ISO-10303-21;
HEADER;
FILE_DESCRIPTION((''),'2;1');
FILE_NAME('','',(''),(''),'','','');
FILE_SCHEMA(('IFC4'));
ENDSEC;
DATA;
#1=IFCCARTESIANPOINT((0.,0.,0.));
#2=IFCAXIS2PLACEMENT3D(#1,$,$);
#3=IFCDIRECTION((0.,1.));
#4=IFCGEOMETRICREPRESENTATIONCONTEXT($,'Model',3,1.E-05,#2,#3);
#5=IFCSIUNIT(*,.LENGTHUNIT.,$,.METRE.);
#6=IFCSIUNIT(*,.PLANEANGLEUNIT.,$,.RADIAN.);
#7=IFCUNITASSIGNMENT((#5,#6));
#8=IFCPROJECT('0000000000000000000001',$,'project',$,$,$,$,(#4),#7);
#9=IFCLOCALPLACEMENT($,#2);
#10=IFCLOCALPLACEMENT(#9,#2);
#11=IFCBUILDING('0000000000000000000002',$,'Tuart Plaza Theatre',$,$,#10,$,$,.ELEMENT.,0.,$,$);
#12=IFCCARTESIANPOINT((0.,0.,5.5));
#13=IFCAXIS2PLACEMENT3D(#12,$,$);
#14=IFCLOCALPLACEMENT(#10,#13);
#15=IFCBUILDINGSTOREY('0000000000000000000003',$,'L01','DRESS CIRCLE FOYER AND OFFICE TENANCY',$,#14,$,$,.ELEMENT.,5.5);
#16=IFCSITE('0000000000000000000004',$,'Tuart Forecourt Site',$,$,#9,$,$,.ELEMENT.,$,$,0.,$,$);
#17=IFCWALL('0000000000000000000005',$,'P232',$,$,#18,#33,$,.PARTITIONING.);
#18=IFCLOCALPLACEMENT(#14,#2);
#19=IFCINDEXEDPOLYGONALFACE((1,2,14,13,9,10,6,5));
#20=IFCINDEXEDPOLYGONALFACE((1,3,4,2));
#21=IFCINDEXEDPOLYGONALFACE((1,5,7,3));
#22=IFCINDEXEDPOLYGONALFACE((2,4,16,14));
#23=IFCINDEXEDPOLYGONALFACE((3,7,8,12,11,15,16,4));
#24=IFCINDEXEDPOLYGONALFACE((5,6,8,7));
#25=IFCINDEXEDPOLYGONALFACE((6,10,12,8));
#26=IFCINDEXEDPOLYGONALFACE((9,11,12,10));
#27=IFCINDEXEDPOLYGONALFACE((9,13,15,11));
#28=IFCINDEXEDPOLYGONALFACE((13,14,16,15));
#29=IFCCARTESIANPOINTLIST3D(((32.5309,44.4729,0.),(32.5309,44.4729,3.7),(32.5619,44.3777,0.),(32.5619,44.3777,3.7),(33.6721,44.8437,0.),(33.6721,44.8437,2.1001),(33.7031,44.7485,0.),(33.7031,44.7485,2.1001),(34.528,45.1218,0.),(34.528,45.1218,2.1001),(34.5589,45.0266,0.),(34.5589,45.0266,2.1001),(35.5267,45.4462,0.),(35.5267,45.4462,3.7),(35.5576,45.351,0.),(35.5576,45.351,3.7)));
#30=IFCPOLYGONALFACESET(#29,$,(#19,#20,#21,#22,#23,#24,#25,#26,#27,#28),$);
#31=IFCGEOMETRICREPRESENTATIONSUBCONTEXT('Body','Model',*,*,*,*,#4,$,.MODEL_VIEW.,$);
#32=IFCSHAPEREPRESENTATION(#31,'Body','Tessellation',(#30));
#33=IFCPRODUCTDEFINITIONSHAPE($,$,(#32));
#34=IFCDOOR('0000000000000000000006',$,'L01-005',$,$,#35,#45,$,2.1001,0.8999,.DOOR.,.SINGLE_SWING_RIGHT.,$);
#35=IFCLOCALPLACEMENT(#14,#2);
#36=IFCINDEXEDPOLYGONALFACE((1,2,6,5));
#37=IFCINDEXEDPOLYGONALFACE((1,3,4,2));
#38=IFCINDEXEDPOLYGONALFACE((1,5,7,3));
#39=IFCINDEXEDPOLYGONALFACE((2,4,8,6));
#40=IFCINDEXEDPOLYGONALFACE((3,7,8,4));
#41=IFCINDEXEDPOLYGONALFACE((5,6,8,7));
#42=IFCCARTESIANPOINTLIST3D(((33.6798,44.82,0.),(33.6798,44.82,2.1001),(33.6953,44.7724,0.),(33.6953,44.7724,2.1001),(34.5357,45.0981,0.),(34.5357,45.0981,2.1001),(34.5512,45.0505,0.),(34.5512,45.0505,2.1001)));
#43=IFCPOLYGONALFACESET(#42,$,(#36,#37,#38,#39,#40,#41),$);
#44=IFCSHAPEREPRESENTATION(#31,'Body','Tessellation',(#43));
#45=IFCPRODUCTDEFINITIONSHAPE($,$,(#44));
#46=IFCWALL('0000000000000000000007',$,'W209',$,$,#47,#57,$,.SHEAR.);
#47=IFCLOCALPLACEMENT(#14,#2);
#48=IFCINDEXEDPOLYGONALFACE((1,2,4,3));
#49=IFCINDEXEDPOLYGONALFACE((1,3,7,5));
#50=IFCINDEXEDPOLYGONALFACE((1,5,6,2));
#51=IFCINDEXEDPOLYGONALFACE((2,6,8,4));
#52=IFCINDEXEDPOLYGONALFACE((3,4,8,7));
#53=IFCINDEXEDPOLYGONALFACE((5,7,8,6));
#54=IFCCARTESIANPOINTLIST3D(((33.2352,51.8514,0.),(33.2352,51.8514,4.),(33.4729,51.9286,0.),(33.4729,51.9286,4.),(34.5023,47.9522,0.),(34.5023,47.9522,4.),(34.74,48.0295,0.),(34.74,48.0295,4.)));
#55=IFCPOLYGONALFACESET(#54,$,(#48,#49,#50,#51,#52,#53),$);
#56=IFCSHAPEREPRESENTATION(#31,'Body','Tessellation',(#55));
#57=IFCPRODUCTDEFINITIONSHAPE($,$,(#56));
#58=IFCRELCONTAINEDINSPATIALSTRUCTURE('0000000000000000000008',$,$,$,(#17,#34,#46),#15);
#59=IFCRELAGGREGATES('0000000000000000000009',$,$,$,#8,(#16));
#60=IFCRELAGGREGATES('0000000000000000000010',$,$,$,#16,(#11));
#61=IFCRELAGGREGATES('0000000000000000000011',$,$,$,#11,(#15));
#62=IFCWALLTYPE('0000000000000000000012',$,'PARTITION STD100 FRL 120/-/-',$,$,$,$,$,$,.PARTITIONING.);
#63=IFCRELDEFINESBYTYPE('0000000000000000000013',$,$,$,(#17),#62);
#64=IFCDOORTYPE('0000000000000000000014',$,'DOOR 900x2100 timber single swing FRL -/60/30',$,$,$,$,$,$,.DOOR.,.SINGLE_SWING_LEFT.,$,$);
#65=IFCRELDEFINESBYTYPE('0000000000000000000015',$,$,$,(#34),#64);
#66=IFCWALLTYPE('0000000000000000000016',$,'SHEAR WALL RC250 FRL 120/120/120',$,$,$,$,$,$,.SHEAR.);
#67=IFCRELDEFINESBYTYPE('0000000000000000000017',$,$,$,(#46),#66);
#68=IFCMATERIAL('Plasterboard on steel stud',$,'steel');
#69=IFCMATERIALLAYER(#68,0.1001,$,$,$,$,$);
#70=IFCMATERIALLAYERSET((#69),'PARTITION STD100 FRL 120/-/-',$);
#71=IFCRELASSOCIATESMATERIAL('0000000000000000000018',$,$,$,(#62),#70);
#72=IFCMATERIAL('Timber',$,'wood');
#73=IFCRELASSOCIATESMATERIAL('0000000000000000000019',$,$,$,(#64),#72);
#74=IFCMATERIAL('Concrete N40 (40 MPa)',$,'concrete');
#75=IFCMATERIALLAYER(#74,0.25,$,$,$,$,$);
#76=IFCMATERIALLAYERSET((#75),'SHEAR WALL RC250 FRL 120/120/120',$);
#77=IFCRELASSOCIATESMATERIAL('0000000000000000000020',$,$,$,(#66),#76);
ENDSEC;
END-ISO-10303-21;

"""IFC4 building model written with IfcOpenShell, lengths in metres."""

from ifc_helpers import new_model, si_unit, direction, frame, frame_2d, origin, place, context, subcontext, project, spatial, rectangle, extrude, material, layer, layer_set, type_object, element, fill, save


model = new_model("IFC4")

# Units and contexts
model_context = context("Model", 3, precision=1e-05, world=origin(), true_north=direction((0.0, 1.0)))
body_context = subcontext(model_context, "Body", "Model", "MODEL_VIEW")
ifc_project = project(units=[si_unit("LENGTHUNIT", "METRE"), si_unit("PLANEANGLEUNIT", "RADIAN")], contexts=[model_context])

# Site, building, storey
site_placement = place(None, origin())
site = spatial("IfcSite", under=ifc_project, at=site_placement, Name="Tuart Forecourt Site", CompositionType="ELEMENT", RefElevation=0.0)
building_placement = place(site_placement, origin())
building = spatial("IfcBuilding", under=site, at=building_placement, Name="Tuart Plaza Theatre", CompositionType="ELEMENT", ElevationOfRefHeight=0.0)
storey_placement = place(building_placement, frame((0.0, 0.0, 5.5)))
storey = spatial("IfcBuildingStorey", under=building, at=storey_placement, Name="L01", Description="DRESS CIRCLE FOYER AND OFFICE TENANCY", CompositionType="ELEMENT", Elevation=5.5)

# Wall, opening, door
ifc_material_1 = material(Name="Plasterboard on steel stud", Category="steel")
ifc_layer_1 = layer(ifc_material_1, 0.1001)
ifc_layer_set_1 = layer_set([ifc_layer_1], Name="PARTITION STD100 FRL 120/-/-")
wall_type_1 = type_object("IfcWallType", Name="PARTITION STD100 FRL 120/-/-", PredefinedType="PARTITIONING", material=ifc_layer_set_1)
wall_1_placement = place(storey_placement, frame((32.5464, 44.4253, 0.0), z_axis=(0.0, 0.0, 1.0), x_axis=(0.951059, 0.309011, 0.0)))
wall_1 = element("IfcWall", 1, at=wall_1_placement, inside=storey, type_object=wall_type_1, Name="P232", PredefinedType="PARTITIONING", context=body_context, shape_type="SweptSolid", body=[
    extrude(rectangle(XDim=3.1499, YDim=0.1001, at=frame_2d((1.575, 0.0))), origin(), (0.0, 0.0, 1.0), 3.7),
])
opening_1_placement = place(wall_1_placement, frame((1.2, 0.0, 0.0)))
opening_1 = element("IfcOpeningElement", 2, at=opening_1_placement, cuts=wall_1, PredefinedType="OPENING", context=body_context, shape_type="SweptSolid", body=[
    extrude(rectangle(XDim=0.8999, YDim=2.1001, at=frame_2d((0.45, 1.05))), frame((0.0, 0.0601, 0.0), z_axis=(0.0, -1.0, 0.0), x_axis=(1.0, 0.0, 0.0)), (0.0, 0.0, 1.0), 0.1201),
])
ifc_material_2 = material(Name="Timber", Category="wood")
door_type_1 = type_object("IfcDoorType", Name="DOOR 900x2100 timber single swing FRL -/60/30", OperationType="SINGLE_SWING_LEFT", PredefinedType="DOOR", material=ifc_material_2)
door_1_placement = place(opening_1_placement, frame((0.8999, 0.0, 0.0), z_axis=(0.0, 0.0, 1.0), x_axis=(-1.0, 0.0, 0.0)))
door_1 = element("IfcDoor", 3, at=door_1_placement, inside=storey, type_object=door_type_1, Name="L01-005", OperationType="SINGLE_SWING_RIGHT", OverallHeight=2.1001, OverallWidth=0.8999, PredefinedType="DOOR", context=body_context, shape_type="SweptSolid", body=[
    extrude(rectangle(XDim=0.8999, YDim=2.1001, at=frame_2d((0.45, 1.05))), frame((0.0, 0.0249, 0.0), z_axis=(0.0, -1.0, 0.0), x_axis=(1.0, 0.0, 0.0)), (0.0, 0.0, 1.0), 0.05),
])
fill(opening_1, door_1)

# Wall
ifc_material_3 = material(Name="Concrete N40 (40 MPa)", Category="concrete")
ifc_layer_2 = layer(ifc_material_3, 0.25)
ifc_layer_set_2 = layer_set([ifc_layer_2], Name="SHEAR WALL RC250 FRL 120/120/120")
wall_type_2 = type_object("IfcWallType", Name="SHEAR WALL RC250 FRL 120/120/120", PredefinedType="SHEAR", material=ifc_layer_set_2)
wall_2_placement = place(storey_placement, frame((34.6211, 47.991, 0.0), z_axis=(0.0, 0.0, 1.0), x_axis=(-0.309055, 0.951044, 0.0)))
element("IfcWall", 4, at=wall_2_placement, inside=storey, type_object=wall_type_2, Name="W209", PredefinedType="SHEAR", context=body_context, shape_type="SweptSolid", body=[
    extrude(rectangle(XDim=4.0999, YDim=0.25, at=frame_2d((2.0498, 0.0))), origin(), (0.0, 0.0, 1.0), 4.0),
])

save(model, "model.ifc")
